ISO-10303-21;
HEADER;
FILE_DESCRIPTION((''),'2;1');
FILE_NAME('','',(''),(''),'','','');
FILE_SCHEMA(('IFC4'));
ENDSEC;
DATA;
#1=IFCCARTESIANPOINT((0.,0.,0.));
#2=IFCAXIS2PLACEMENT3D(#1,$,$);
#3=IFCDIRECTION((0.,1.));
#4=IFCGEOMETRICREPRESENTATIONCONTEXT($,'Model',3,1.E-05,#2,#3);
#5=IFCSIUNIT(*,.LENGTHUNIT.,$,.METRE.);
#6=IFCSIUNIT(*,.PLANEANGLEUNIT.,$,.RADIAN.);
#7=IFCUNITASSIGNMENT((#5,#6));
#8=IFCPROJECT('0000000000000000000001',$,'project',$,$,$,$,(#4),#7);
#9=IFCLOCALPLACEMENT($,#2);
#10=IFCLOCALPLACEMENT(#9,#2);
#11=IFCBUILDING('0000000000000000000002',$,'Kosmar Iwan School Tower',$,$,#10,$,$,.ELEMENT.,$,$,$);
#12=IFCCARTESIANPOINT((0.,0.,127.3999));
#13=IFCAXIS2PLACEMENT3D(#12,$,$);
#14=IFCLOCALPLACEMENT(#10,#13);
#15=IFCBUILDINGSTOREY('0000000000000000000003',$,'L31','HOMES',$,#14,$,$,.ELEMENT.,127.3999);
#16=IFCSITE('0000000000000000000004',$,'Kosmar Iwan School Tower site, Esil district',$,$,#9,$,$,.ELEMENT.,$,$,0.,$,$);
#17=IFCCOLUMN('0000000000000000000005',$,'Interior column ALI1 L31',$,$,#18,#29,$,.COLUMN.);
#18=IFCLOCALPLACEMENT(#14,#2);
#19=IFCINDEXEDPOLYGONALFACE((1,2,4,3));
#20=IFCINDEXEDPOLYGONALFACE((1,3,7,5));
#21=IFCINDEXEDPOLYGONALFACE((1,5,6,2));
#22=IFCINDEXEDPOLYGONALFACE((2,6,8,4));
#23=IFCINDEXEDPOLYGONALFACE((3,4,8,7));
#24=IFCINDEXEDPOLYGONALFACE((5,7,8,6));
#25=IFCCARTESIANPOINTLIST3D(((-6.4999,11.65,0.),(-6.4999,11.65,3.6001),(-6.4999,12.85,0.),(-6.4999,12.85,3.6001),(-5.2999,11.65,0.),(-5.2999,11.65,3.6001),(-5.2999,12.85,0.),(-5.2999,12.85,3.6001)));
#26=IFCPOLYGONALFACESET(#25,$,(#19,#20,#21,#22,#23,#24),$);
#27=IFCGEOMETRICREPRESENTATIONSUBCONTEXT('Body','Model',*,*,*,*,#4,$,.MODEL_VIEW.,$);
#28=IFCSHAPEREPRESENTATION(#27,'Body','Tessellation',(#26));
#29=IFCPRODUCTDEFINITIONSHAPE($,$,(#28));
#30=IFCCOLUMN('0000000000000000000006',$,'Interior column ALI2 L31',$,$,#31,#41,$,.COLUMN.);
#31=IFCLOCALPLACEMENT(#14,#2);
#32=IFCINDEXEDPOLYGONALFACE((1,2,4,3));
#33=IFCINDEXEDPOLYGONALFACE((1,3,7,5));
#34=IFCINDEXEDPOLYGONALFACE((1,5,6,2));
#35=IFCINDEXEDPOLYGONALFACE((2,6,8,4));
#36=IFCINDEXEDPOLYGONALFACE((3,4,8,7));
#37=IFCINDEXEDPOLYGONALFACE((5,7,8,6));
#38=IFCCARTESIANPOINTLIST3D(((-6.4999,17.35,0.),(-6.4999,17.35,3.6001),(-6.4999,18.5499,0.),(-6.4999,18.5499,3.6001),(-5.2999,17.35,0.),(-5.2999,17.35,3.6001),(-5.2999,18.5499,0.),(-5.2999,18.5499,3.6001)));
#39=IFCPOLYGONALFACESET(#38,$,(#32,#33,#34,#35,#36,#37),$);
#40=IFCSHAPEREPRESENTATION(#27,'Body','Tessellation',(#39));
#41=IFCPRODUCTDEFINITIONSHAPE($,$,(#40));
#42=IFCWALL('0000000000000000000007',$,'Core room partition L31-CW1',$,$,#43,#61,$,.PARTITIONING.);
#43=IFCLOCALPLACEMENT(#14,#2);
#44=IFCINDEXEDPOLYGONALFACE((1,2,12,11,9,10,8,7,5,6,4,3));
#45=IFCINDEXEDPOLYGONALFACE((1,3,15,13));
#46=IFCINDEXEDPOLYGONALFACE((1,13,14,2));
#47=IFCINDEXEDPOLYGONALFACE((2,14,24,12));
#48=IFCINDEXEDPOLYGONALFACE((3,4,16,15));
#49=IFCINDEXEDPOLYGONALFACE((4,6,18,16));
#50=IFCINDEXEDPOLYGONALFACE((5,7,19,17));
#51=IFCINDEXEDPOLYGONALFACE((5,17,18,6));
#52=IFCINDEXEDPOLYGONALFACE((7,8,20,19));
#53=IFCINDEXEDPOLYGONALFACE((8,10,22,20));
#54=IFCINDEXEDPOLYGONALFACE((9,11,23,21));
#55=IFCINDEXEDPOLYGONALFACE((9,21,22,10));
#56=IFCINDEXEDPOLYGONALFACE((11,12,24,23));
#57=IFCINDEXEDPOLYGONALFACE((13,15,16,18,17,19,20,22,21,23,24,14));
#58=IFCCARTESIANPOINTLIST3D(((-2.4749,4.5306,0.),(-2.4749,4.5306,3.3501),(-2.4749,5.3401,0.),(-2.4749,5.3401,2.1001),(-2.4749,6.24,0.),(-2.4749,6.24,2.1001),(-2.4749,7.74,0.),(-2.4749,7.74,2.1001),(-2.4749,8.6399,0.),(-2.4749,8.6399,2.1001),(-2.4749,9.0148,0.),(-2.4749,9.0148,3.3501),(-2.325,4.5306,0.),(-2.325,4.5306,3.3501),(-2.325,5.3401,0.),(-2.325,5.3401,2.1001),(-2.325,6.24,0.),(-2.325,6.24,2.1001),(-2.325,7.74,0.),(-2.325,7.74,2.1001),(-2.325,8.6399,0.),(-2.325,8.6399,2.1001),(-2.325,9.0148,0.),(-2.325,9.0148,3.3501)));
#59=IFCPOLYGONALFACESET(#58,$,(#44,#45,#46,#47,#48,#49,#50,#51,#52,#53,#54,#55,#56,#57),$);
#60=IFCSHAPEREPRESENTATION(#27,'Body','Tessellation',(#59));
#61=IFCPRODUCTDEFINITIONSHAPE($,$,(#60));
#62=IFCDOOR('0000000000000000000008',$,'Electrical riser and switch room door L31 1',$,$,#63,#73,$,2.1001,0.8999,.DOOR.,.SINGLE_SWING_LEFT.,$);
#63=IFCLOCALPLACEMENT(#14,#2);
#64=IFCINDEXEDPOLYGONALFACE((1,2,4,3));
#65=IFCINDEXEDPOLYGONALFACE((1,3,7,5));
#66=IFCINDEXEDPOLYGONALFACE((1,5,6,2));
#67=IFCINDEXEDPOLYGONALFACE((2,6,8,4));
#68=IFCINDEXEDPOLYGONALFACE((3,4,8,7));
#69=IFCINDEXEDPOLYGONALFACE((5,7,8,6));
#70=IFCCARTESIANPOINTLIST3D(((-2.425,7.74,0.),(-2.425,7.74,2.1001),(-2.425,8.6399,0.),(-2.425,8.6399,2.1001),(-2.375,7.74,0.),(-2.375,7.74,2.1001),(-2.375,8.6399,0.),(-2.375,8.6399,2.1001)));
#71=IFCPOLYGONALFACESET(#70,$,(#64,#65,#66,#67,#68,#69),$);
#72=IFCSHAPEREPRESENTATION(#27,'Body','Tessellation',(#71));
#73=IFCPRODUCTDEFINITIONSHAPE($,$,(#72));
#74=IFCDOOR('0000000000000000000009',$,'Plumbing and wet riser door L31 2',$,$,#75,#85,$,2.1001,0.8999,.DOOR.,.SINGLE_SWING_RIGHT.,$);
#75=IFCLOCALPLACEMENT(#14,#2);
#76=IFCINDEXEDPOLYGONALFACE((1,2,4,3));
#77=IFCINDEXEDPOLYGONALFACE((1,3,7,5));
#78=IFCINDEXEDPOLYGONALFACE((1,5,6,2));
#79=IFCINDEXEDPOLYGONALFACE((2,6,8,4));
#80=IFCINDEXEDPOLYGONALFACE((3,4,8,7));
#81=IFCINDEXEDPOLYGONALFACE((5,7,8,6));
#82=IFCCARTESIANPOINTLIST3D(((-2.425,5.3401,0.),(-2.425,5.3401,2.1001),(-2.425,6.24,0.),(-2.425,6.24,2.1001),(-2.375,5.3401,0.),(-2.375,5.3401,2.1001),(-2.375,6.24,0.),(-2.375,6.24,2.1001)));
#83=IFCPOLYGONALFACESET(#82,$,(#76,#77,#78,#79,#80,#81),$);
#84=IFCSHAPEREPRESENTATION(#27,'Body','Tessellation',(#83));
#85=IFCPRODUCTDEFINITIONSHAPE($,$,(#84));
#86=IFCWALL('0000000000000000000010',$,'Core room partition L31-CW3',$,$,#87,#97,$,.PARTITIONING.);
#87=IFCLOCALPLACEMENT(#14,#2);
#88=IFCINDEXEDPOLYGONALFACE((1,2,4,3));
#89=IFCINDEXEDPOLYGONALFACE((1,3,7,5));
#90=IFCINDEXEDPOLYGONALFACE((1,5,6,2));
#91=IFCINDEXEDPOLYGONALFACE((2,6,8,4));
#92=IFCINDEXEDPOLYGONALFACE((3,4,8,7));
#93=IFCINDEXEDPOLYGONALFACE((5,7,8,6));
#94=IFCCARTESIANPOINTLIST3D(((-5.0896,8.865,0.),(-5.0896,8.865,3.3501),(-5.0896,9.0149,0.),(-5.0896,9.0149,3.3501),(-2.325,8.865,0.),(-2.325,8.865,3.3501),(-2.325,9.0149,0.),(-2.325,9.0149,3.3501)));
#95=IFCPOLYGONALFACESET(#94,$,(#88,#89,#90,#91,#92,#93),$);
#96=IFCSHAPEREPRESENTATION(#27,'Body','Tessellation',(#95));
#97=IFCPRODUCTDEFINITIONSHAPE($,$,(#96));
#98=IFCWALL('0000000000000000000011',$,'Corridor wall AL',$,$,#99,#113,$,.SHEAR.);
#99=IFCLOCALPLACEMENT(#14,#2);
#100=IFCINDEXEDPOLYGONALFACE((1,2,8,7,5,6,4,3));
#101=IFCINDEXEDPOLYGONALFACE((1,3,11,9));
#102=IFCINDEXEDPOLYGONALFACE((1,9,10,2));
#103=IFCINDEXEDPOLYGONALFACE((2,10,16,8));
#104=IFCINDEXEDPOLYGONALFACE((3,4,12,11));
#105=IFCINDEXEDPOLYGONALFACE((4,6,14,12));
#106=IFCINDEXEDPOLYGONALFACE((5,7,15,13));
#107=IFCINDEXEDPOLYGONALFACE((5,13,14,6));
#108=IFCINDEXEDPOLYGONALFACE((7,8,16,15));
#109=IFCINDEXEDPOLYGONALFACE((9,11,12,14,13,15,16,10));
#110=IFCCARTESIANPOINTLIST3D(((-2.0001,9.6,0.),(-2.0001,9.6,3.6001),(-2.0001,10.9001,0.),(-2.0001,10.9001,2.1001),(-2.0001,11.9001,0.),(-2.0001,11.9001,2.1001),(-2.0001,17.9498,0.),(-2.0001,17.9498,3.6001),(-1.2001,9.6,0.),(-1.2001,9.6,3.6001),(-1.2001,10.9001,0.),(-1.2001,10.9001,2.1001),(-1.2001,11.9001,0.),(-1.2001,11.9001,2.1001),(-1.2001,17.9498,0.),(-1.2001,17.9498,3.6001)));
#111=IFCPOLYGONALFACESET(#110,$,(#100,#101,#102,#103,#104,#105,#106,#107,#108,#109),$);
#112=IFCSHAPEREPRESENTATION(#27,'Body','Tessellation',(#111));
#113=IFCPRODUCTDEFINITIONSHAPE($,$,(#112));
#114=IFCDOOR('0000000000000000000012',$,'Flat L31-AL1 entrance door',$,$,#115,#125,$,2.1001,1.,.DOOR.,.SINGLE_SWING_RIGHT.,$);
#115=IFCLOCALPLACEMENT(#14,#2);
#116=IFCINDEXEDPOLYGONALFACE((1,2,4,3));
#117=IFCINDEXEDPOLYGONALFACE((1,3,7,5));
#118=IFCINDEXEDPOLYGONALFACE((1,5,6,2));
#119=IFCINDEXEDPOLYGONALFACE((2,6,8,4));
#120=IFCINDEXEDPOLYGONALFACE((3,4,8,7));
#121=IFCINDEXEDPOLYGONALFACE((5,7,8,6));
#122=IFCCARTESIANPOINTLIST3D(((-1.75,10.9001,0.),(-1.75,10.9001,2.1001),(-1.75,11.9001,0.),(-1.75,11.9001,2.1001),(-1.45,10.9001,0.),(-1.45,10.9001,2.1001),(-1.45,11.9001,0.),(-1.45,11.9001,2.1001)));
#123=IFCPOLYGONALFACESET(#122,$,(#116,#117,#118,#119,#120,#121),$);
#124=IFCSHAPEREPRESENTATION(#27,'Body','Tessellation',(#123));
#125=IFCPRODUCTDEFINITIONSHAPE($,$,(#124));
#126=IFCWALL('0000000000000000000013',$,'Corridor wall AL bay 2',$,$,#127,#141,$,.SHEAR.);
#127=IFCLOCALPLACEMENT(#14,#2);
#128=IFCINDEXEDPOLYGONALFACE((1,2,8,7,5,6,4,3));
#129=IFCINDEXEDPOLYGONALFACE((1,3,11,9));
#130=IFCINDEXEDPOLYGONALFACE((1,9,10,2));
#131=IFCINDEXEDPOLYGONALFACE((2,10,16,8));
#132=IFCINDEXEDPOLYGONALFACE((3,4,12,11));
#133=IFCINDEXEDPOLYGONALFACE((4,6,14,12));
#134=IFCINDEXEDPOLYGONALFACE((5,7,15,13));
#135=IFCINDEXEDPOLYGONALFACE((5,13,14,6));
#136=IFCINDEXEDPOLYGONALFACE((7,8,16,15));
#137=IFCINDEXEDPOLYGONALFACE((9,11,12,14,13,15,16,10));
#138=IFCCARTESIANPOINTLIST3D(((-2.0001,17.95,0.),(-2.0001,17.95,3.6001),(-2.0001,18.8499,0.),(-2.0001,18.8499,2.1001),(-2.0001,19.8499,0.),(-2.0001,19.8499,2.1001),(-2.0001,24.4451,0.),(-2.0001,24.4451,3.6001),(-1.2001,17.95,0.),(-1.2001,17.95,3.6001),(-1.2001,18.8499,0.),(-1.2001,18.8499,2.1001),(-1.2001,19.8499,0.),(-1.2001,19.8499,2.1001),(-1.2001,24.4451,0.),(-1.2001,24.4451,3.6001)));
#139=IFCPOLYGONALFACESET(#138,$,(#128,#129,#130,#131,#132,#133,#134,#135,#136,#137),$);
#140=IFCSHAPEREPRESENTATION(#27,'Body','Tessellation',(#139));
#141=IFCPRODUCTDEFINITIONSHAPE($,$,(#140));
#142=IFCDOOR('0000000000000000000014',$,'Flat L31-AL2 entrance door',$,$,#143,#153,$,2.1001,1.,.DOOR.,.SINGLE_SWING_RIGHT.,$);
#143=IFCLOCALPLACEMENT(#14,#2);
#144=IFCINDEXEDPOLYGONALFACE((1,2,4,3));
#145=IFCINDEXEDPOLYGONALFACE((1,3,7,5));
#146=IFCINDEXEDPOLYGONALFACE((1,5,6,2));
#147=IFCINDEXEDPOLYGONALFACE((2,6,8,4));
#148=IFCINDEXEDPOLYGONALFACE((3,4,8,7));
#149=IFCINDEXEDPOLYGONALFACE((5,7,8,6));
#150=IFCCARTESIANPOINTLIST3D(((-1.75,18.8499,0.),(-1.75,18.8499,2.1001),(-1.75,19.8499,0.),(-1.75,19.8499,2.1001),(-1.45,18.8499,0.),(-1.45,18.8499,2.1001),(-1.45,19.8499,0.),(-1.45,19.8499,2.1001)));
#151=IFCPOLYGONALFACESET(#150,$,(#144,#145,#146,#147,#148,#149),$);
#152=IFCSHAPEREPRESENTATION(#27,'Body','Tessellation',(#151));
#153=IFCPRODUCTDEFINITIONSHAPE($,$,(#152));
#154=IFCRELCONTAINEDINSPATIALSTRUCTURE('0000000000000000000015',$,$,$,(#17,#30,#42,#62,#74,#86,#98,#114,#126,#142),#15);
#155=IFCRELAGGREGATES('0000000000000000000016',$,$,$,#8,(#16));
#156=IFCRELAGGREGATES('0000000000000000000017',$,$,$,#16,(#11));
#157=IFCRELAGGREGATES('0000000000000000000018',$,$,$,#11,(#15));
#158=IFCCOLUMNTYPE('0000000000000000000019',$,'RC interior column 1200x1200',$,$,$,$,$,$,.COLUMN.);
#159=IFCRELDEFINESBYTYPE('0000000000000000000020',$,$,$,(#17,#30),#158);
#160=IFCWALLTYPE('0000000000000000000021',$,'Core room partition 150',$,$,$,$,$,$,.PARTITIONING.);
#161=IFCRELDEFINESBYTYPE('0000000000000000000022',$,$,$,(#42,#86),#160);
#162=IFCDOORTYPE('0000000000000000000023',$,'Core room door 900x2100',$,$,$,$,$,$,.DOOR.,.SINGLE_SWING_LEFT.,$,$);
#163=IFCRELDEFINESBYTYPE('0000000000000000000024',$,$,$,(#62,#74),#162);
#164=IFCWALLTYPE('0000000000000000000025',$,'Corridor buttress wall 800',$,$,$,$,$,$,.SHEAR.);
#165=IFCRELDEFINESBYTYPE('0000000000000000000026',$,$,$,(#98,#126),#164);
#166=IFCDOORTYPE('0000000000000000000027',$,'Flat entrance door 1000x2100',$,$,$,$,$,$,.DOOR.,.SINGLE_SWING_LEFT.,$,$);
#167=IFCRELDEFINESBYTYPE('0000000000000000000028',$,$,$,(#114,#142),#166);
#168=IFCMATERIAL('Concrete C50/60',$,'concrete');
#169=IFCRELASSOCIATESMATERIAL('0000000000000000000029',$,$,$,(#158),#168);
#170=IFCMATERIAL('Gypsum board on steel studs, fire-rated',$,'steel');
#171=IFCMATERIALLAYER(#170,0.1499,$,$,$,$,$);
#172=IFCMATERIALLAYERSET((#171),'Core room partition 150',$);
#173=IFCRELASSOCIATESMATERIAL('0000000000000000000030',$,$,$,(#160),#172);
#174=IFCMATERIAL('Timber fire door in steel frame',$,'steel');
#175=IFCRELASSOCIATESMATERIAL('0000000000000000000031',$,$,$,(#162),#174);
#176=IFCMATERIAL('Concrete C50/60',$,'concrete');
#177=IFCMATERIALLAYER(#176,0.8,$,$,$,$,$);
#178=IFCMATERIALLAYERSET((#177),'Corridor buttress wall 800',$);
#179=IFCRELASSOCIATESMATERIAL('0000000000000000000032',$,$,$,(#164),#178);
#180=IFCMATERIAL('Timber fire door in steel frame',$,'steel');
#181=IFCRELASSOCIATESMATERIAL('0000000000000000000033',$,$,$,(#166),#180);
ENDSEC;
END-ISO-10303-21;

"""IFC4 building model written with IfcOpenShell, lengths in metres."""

from ifc_helpers import new_model, si_unit, direction, frame, frame_2d, origin, origin_2d, place, context, subcontext, project, spatial, rectangle, extrude, material, layer, layer_set, material_profile, profile_set, type_object, element, fill, save


model = new_model("IFC4")

# Units and contexts
model_context = context("Model", 3, precision=1e-05, world=origin(), true_north=direction((0.0, 1.0)))
body_context = subcontext(model_context, "Body", "Model", "MODEL_VIEW")
ifc_project = project(units=[si_unit("LENGTHUNIT", "METRE"), si_unit("PLANEANGLEUNIT", "RADIAN")], contexts=[model_context])

# Site, building, storey
site_placement = place(None, origin())
site = spatial("IfcSite", under=ifc_project, at=site_placement, Name="Kosmar Iwan School Tower site, Esil district", CompositionType="ELEMENT", RefElevation=0.0)
building_placement = place(site_placement, origin())
building = spatial("IfcBuilding", under=site, at=building_placement, Name="Kosmar Iwan School Tower", CompositionType="ELEMENT")
storey_placement = place(building_placement, frame((0.0, 0.0, 127.3999)))
storey = spatial("IfcBuildingStorey", under=building, at=storey_placement, Name="L31", Description="HOMES", CompositionType="ELEMENT", Elevation=127.3999)

# Columns
ifc_material_1 = material(Name="Concrete C50/60", Category="concrete")
ifc_material_profile = material_profile(ifc_material_1, rectangle(XDim=1.2, YDim=1.2, at=origin_2d()), Name="RC 1200x1200")
ifc_profile_set = profile_set([ifc_material_profile], Name="Concrete C50/60")
column_type = type_object("IfcColumnType", Name="RC interior column 1200x1200", PredefinedType="COLUMN", material=ifc_profile_set)
for number, where, z_axis, x_axis, name in (
    (1, (-5.8999, 12.25, 0.0), (0.0, 0.0, 1.0), (0.0, 1.0, 0.0), "Interior column ALI1 L31"),
    (2, (-5.8999, 17.95, 0.0), (0.0, 0.0, 1.0), (0.0, 1.0, 0.0), "Interior column ALI2 L31"),
):
    element("IfcColumn", number, at=place(storey_placement, frame(where, z_axis=z_axis, x_axis=x_axis)), inside=storey, type_object=column_type, Name=name, PredefinedType="COLUMN", context=body_context, shape_type="SweptSolid", body=[
        extrude(rectangle(XDim=1.2, YDim=1.2, at=origin_2d()), origin(), (0.0, 0.0, 1.0), 3.6001),
    ])

# Wall, openings, doors
ifc_material_2 = material(Name="Gypsum board on steel studs, fire-rated", Category="steel")
ifc_layer_1 = layer(ifc_material_2, 0.1499)
ifc_layer_set_1 = layer_set([ifc_layer_1], Name="Core room partition 150")
wall_type_1 = type_object("IfcWallType", Name="Core room partition 150", PredefinedType="PARTITIONING", material=ifc_layer_set_1)
wall_1_placement = place(storey_placement, frame((-2.3999, 9.0149, 0.0), z_axis=(0.0, 0.0, 1.0), x_axis=(0.0, -1.0, 0.0)))
wall_1 = element("IfcWall", 3, at=wall_1_placement, inside=storey, type_object=wall_type_1, Name="Core room partition L31-CW1", PredefinedType="PARTITIONING", context=body_context, shape_type="SweptSolid", body=[
    extrude(rectangle(XDim=4.4841, YDim=0.1499, at=frame_2d((2.2422, 0.0))), origin(), (0.0, 0.0, 1.0), 3.3501),
])
opening_1_placement = place(wall_1_placement, frame((0.375, 0.0, 0.0)))
opening_1 = element("IfcOpeningElement", 4, at=opening_1_placement, cuts=wall_1, PredefinedType="OPENING", context=body_context, shape_type="SweptSolid", body=[
    extrude(rectangle(XDim=0.8999, YDim=2.1001, at=frame_2d((0.45, 1.05))), frame((0.0, 0.0869, 0.0), z_axis=(0.0, -1.0, 0.0), x_axis=(1.0, 0.0, 0.0)), (0.0, 0.0, 1.0), 0.1738),
])
opening_2_placement = place(wall_1_placement, frame((2.7749, 0.0, 0.0)))
opening_2 = element("IfcOpeningElement", 5, at=opening_2_placement, cuts=wall_1, PredefinedType="OPENING", context=body_context, shape_type="SweptSolid", body=[
    extrude(rectangle(XDim=0.8999, YDim=2.1001, at=frame_2d((0.45, 1.05))), frame((0.0, 0.0869, 0.0), z_axis=(0.0, -1.0, 0.0), x_axis=(1.0, 0.0, 0.0)), (0.0, 0.0, 1.0), 0.1738),
])
ifc_material_3 = material(Name="Timber fire door in steel frame", Category="steel")
door_type_1 = type_object("IfcDoorType", Name="Core room door 900x2100", OperationType="SINGLE_SWING_LEFT", PredefinedType="DOOR", material=ifc_material_3)
door_1_placement = place(opening_1_placement, origin())
door_1 = element("IfcDoor", 6, at=door_1_placement, inside=storey, type_object=door_type_1, Name="Electrical riser and switch room door L31 1", OperationType="SINGLE_SWING_LEFT", OverallHeight=2.1001, OverallWidth=0.8999, PredefinedType="DOOR", context=body_context, shape_type="SweptSolid", body=[
    extrude(rectangle(XDim=0.8999, YDim=2.1001, at=frame_2d((0.45, 1.05))), frame((0.0, 0.0249, 0.0), z_axis=(0.0, -1.0, 0.0), x_axis=(1.0, 0.0, 0.0)), (0.0, 0.0, 1.0), 0.05),
])
fill(opening_1, door_1)
door_2_placement = place(opening_2_placement, origin())
door_2 = element("IfcDoor", 7, at=door_2_placement, inside=storey, type_object=door_type_1, Name="Plumbing and wet riser door L31 2", OperationType="SINGLE_SWING_RIGHT", OverallHeight=2.1001, OverallWidth=0.8999, PredefinedType="DOOR", context=body_context, shape_type="SweptSolid", body=[
    extrude(rectangle(XDim=0.8999, YDim=2.1001, at=frame_2d((0.45, 1.05))), frame((0.0, 0.0249, 0.0), z_axis=(0.0, -1.0, 0.0), x_axis=(1.0, 0.0, 0.0)), (0.0, 0.0, 1.0), 0.05),
])
fill(opening_2, door_2)

# Wall
wall_2_placement = place(storey_placement, frame((-5.0896, 8.9399, 0.0), z_axis=(0.0, 0.0, 1.0), x_axis=(1.0, 0.0, 0.0)))
element("IfcWall", 8, at=wall_2_placement, inside=storey, type_object=wall_type_1, Name="Core room partition L31-CW3", PredefinedType="PARTITIONING", context=body_context, shape_type="SweptSolid", body=[
    extrude(rectangle(XDim=2.7646, YDim=0.1499, at=frame_2d((1.3823, 0.0))), origin(), (0.0, 0.0, 1.0), 3.3501),
])

# Walls, openings, doors
ifc_material_4 = material(Name="Concrete C50/60", Category="concrete")
ifc_layer_2 = layer(ifc_material_4, 0.8)
ifc_layer_set_2 = layer_set([ifc_layer_2], Name="Corridor buttress wall 800")
wall_type_2 = type_object("IfcWallType", Name="Corridor buttress wall 800", PredefinedType="SHEAR", material=ifc_layer_set_2)
wall_3_placement = place(storey_placement, frame((-1.6001, 9.6001, 0.0), z_axis=(0.0, 0.0, 1.0), x_axis=(0.0, 1.0, 0.0)))
wall_3 = element("IfcWall", 9, at=wall_3_placement, inside=storey, type_object=wall_type_2, Name="Corridor wall AL", PredefinedType="SHEAR", context=body_context, shape_type="SweptSolid", body=[
    extrude(rectangle(XDim=8.3499, YDim=0.8, at=frame_2d((4.1748, 0.0))), origin(), (0.0, 0.0, 1.0), 3.6001),
])
opening_3_placement = place(wall_3_placement, frame((1.3, 0.0, 0.0)))
opening_3 = element("IfcOpeningElement", 10, at=opening_3_placement, cuts=wall_3, PredefinedType="OPENING", context=body_context, shape_type="SweptSolid", body=[
    extrude(rectangle(XDim=1.0, YDim=2.1001, at=frame_2d((0.5, 1.05))), frame((0.0, 0.4121, 0.0), z_axis=(0.0, -1.0, 0.0), x_axis=(1.0, 0.0, 0.0)), (0.0, 0.0, 1.0), 0.824),
])
ifc_material_5 = material(Name="Timber fire door in steel frame", Category="steel")
door_type_2 = type_object("IfcDoorType", Name="Flat entrance door 1000x2100", OperationType="SINGLE_SWING_LEFT", PredefinedType="DOOR", material=ifc_material_5)
door_3_placement = place(opening_3_placement, origin())
door_3 = element("IfcDoor", 11, at=door_3_placement, inside=storey, type_object=door_type_2, Name="Flat L31-AL1 entrance door", OperationType="SINGLE_SWING_RIGHT", OverallHeight=2.1001, OverallWidth=1.0, PredefinedType="DOOR", context=body_context, shape_type="SweptSolid", body=[
    extrude(rectangle(XDim=1.0, YDim=2.1001, at=frame_2d((0.5, 1.05))), frame((0.0, 0.1499, 0.0), z_axis=(0.0, -1.0, 0.0), x_axis=(1.0, 0.0, 0.0)), (0.0, 0.0, 1.0), 0.3),
])
fill(opening_3, door_3)
wall_4_placement = place(storey_placement, frame((-1.6001, 17.95, 0.0), z_axis=(0.0, 0.0, 1.0), x_axis=(0.0, 1.0, 0.0)))
wall_4 = element("IfcWall", 12, at=wall_4_placement, inside=storey, type_object=wall_type_2, Name="Corridor wall AL bay 2", PredefinedType="SHEAR", context=body_context, shape_type="SweptSolid", body=[
    extrude(rectangle(XDim=6.4951, YDim=0.8, at=frame_2d((3.2476, 0.0))), origin(), (0.0, 0.0, 1.0), 3.6001),
])
opening_4_placement = place(wall_4_placement, frame((0.8999, 0.0, 0.0)))
opening_4 = element("IfcOpeningElement", 13, at=opening_4_placement, cuts=wall_4, PredefinedType="OPENING", context=body_context, shape_type="SweptSolid", body=[
    extrude(rectangle(XDim=1.0, YDim=2.1001, at=frame_2d((0.5, 1.05))), frame((0.0, 0.4121, 0.0), z_axis=(0.0, -1.0, 0.0), x_axis=(1.0, 0.0, 0.0)), (0.0, 0.0, 1.0), 0.824),
])
door_4_placement = place(opening_4_placement, origin())
door_4 = element("IfcDoor", 14, at=door_4_placement, inside=storey, type_object=door_type_2, Name="Flat L31-AL2 entrance door", OperationType="SINGLE_SWING_RIGHT", OverallHeight=2.1001, OverallWidth=1.0, PredefinedType="DOOR", context=body_context, shape_type="SweptSolid", body=[
    extrude(rectangle(XDim=1.0, YDim=2.1001, at=frame_2d((0.5, 1.05))), frame((0.0, 0.1499, 0.0), z_axis=(0.0, -1.0, 0.0), x_axis=(1.0, 0.0, 0.0)), (0.0, 0.0, 1.0), 0.3),
])
fill(opening_4, door_4)

save(model, "model.ifc")
